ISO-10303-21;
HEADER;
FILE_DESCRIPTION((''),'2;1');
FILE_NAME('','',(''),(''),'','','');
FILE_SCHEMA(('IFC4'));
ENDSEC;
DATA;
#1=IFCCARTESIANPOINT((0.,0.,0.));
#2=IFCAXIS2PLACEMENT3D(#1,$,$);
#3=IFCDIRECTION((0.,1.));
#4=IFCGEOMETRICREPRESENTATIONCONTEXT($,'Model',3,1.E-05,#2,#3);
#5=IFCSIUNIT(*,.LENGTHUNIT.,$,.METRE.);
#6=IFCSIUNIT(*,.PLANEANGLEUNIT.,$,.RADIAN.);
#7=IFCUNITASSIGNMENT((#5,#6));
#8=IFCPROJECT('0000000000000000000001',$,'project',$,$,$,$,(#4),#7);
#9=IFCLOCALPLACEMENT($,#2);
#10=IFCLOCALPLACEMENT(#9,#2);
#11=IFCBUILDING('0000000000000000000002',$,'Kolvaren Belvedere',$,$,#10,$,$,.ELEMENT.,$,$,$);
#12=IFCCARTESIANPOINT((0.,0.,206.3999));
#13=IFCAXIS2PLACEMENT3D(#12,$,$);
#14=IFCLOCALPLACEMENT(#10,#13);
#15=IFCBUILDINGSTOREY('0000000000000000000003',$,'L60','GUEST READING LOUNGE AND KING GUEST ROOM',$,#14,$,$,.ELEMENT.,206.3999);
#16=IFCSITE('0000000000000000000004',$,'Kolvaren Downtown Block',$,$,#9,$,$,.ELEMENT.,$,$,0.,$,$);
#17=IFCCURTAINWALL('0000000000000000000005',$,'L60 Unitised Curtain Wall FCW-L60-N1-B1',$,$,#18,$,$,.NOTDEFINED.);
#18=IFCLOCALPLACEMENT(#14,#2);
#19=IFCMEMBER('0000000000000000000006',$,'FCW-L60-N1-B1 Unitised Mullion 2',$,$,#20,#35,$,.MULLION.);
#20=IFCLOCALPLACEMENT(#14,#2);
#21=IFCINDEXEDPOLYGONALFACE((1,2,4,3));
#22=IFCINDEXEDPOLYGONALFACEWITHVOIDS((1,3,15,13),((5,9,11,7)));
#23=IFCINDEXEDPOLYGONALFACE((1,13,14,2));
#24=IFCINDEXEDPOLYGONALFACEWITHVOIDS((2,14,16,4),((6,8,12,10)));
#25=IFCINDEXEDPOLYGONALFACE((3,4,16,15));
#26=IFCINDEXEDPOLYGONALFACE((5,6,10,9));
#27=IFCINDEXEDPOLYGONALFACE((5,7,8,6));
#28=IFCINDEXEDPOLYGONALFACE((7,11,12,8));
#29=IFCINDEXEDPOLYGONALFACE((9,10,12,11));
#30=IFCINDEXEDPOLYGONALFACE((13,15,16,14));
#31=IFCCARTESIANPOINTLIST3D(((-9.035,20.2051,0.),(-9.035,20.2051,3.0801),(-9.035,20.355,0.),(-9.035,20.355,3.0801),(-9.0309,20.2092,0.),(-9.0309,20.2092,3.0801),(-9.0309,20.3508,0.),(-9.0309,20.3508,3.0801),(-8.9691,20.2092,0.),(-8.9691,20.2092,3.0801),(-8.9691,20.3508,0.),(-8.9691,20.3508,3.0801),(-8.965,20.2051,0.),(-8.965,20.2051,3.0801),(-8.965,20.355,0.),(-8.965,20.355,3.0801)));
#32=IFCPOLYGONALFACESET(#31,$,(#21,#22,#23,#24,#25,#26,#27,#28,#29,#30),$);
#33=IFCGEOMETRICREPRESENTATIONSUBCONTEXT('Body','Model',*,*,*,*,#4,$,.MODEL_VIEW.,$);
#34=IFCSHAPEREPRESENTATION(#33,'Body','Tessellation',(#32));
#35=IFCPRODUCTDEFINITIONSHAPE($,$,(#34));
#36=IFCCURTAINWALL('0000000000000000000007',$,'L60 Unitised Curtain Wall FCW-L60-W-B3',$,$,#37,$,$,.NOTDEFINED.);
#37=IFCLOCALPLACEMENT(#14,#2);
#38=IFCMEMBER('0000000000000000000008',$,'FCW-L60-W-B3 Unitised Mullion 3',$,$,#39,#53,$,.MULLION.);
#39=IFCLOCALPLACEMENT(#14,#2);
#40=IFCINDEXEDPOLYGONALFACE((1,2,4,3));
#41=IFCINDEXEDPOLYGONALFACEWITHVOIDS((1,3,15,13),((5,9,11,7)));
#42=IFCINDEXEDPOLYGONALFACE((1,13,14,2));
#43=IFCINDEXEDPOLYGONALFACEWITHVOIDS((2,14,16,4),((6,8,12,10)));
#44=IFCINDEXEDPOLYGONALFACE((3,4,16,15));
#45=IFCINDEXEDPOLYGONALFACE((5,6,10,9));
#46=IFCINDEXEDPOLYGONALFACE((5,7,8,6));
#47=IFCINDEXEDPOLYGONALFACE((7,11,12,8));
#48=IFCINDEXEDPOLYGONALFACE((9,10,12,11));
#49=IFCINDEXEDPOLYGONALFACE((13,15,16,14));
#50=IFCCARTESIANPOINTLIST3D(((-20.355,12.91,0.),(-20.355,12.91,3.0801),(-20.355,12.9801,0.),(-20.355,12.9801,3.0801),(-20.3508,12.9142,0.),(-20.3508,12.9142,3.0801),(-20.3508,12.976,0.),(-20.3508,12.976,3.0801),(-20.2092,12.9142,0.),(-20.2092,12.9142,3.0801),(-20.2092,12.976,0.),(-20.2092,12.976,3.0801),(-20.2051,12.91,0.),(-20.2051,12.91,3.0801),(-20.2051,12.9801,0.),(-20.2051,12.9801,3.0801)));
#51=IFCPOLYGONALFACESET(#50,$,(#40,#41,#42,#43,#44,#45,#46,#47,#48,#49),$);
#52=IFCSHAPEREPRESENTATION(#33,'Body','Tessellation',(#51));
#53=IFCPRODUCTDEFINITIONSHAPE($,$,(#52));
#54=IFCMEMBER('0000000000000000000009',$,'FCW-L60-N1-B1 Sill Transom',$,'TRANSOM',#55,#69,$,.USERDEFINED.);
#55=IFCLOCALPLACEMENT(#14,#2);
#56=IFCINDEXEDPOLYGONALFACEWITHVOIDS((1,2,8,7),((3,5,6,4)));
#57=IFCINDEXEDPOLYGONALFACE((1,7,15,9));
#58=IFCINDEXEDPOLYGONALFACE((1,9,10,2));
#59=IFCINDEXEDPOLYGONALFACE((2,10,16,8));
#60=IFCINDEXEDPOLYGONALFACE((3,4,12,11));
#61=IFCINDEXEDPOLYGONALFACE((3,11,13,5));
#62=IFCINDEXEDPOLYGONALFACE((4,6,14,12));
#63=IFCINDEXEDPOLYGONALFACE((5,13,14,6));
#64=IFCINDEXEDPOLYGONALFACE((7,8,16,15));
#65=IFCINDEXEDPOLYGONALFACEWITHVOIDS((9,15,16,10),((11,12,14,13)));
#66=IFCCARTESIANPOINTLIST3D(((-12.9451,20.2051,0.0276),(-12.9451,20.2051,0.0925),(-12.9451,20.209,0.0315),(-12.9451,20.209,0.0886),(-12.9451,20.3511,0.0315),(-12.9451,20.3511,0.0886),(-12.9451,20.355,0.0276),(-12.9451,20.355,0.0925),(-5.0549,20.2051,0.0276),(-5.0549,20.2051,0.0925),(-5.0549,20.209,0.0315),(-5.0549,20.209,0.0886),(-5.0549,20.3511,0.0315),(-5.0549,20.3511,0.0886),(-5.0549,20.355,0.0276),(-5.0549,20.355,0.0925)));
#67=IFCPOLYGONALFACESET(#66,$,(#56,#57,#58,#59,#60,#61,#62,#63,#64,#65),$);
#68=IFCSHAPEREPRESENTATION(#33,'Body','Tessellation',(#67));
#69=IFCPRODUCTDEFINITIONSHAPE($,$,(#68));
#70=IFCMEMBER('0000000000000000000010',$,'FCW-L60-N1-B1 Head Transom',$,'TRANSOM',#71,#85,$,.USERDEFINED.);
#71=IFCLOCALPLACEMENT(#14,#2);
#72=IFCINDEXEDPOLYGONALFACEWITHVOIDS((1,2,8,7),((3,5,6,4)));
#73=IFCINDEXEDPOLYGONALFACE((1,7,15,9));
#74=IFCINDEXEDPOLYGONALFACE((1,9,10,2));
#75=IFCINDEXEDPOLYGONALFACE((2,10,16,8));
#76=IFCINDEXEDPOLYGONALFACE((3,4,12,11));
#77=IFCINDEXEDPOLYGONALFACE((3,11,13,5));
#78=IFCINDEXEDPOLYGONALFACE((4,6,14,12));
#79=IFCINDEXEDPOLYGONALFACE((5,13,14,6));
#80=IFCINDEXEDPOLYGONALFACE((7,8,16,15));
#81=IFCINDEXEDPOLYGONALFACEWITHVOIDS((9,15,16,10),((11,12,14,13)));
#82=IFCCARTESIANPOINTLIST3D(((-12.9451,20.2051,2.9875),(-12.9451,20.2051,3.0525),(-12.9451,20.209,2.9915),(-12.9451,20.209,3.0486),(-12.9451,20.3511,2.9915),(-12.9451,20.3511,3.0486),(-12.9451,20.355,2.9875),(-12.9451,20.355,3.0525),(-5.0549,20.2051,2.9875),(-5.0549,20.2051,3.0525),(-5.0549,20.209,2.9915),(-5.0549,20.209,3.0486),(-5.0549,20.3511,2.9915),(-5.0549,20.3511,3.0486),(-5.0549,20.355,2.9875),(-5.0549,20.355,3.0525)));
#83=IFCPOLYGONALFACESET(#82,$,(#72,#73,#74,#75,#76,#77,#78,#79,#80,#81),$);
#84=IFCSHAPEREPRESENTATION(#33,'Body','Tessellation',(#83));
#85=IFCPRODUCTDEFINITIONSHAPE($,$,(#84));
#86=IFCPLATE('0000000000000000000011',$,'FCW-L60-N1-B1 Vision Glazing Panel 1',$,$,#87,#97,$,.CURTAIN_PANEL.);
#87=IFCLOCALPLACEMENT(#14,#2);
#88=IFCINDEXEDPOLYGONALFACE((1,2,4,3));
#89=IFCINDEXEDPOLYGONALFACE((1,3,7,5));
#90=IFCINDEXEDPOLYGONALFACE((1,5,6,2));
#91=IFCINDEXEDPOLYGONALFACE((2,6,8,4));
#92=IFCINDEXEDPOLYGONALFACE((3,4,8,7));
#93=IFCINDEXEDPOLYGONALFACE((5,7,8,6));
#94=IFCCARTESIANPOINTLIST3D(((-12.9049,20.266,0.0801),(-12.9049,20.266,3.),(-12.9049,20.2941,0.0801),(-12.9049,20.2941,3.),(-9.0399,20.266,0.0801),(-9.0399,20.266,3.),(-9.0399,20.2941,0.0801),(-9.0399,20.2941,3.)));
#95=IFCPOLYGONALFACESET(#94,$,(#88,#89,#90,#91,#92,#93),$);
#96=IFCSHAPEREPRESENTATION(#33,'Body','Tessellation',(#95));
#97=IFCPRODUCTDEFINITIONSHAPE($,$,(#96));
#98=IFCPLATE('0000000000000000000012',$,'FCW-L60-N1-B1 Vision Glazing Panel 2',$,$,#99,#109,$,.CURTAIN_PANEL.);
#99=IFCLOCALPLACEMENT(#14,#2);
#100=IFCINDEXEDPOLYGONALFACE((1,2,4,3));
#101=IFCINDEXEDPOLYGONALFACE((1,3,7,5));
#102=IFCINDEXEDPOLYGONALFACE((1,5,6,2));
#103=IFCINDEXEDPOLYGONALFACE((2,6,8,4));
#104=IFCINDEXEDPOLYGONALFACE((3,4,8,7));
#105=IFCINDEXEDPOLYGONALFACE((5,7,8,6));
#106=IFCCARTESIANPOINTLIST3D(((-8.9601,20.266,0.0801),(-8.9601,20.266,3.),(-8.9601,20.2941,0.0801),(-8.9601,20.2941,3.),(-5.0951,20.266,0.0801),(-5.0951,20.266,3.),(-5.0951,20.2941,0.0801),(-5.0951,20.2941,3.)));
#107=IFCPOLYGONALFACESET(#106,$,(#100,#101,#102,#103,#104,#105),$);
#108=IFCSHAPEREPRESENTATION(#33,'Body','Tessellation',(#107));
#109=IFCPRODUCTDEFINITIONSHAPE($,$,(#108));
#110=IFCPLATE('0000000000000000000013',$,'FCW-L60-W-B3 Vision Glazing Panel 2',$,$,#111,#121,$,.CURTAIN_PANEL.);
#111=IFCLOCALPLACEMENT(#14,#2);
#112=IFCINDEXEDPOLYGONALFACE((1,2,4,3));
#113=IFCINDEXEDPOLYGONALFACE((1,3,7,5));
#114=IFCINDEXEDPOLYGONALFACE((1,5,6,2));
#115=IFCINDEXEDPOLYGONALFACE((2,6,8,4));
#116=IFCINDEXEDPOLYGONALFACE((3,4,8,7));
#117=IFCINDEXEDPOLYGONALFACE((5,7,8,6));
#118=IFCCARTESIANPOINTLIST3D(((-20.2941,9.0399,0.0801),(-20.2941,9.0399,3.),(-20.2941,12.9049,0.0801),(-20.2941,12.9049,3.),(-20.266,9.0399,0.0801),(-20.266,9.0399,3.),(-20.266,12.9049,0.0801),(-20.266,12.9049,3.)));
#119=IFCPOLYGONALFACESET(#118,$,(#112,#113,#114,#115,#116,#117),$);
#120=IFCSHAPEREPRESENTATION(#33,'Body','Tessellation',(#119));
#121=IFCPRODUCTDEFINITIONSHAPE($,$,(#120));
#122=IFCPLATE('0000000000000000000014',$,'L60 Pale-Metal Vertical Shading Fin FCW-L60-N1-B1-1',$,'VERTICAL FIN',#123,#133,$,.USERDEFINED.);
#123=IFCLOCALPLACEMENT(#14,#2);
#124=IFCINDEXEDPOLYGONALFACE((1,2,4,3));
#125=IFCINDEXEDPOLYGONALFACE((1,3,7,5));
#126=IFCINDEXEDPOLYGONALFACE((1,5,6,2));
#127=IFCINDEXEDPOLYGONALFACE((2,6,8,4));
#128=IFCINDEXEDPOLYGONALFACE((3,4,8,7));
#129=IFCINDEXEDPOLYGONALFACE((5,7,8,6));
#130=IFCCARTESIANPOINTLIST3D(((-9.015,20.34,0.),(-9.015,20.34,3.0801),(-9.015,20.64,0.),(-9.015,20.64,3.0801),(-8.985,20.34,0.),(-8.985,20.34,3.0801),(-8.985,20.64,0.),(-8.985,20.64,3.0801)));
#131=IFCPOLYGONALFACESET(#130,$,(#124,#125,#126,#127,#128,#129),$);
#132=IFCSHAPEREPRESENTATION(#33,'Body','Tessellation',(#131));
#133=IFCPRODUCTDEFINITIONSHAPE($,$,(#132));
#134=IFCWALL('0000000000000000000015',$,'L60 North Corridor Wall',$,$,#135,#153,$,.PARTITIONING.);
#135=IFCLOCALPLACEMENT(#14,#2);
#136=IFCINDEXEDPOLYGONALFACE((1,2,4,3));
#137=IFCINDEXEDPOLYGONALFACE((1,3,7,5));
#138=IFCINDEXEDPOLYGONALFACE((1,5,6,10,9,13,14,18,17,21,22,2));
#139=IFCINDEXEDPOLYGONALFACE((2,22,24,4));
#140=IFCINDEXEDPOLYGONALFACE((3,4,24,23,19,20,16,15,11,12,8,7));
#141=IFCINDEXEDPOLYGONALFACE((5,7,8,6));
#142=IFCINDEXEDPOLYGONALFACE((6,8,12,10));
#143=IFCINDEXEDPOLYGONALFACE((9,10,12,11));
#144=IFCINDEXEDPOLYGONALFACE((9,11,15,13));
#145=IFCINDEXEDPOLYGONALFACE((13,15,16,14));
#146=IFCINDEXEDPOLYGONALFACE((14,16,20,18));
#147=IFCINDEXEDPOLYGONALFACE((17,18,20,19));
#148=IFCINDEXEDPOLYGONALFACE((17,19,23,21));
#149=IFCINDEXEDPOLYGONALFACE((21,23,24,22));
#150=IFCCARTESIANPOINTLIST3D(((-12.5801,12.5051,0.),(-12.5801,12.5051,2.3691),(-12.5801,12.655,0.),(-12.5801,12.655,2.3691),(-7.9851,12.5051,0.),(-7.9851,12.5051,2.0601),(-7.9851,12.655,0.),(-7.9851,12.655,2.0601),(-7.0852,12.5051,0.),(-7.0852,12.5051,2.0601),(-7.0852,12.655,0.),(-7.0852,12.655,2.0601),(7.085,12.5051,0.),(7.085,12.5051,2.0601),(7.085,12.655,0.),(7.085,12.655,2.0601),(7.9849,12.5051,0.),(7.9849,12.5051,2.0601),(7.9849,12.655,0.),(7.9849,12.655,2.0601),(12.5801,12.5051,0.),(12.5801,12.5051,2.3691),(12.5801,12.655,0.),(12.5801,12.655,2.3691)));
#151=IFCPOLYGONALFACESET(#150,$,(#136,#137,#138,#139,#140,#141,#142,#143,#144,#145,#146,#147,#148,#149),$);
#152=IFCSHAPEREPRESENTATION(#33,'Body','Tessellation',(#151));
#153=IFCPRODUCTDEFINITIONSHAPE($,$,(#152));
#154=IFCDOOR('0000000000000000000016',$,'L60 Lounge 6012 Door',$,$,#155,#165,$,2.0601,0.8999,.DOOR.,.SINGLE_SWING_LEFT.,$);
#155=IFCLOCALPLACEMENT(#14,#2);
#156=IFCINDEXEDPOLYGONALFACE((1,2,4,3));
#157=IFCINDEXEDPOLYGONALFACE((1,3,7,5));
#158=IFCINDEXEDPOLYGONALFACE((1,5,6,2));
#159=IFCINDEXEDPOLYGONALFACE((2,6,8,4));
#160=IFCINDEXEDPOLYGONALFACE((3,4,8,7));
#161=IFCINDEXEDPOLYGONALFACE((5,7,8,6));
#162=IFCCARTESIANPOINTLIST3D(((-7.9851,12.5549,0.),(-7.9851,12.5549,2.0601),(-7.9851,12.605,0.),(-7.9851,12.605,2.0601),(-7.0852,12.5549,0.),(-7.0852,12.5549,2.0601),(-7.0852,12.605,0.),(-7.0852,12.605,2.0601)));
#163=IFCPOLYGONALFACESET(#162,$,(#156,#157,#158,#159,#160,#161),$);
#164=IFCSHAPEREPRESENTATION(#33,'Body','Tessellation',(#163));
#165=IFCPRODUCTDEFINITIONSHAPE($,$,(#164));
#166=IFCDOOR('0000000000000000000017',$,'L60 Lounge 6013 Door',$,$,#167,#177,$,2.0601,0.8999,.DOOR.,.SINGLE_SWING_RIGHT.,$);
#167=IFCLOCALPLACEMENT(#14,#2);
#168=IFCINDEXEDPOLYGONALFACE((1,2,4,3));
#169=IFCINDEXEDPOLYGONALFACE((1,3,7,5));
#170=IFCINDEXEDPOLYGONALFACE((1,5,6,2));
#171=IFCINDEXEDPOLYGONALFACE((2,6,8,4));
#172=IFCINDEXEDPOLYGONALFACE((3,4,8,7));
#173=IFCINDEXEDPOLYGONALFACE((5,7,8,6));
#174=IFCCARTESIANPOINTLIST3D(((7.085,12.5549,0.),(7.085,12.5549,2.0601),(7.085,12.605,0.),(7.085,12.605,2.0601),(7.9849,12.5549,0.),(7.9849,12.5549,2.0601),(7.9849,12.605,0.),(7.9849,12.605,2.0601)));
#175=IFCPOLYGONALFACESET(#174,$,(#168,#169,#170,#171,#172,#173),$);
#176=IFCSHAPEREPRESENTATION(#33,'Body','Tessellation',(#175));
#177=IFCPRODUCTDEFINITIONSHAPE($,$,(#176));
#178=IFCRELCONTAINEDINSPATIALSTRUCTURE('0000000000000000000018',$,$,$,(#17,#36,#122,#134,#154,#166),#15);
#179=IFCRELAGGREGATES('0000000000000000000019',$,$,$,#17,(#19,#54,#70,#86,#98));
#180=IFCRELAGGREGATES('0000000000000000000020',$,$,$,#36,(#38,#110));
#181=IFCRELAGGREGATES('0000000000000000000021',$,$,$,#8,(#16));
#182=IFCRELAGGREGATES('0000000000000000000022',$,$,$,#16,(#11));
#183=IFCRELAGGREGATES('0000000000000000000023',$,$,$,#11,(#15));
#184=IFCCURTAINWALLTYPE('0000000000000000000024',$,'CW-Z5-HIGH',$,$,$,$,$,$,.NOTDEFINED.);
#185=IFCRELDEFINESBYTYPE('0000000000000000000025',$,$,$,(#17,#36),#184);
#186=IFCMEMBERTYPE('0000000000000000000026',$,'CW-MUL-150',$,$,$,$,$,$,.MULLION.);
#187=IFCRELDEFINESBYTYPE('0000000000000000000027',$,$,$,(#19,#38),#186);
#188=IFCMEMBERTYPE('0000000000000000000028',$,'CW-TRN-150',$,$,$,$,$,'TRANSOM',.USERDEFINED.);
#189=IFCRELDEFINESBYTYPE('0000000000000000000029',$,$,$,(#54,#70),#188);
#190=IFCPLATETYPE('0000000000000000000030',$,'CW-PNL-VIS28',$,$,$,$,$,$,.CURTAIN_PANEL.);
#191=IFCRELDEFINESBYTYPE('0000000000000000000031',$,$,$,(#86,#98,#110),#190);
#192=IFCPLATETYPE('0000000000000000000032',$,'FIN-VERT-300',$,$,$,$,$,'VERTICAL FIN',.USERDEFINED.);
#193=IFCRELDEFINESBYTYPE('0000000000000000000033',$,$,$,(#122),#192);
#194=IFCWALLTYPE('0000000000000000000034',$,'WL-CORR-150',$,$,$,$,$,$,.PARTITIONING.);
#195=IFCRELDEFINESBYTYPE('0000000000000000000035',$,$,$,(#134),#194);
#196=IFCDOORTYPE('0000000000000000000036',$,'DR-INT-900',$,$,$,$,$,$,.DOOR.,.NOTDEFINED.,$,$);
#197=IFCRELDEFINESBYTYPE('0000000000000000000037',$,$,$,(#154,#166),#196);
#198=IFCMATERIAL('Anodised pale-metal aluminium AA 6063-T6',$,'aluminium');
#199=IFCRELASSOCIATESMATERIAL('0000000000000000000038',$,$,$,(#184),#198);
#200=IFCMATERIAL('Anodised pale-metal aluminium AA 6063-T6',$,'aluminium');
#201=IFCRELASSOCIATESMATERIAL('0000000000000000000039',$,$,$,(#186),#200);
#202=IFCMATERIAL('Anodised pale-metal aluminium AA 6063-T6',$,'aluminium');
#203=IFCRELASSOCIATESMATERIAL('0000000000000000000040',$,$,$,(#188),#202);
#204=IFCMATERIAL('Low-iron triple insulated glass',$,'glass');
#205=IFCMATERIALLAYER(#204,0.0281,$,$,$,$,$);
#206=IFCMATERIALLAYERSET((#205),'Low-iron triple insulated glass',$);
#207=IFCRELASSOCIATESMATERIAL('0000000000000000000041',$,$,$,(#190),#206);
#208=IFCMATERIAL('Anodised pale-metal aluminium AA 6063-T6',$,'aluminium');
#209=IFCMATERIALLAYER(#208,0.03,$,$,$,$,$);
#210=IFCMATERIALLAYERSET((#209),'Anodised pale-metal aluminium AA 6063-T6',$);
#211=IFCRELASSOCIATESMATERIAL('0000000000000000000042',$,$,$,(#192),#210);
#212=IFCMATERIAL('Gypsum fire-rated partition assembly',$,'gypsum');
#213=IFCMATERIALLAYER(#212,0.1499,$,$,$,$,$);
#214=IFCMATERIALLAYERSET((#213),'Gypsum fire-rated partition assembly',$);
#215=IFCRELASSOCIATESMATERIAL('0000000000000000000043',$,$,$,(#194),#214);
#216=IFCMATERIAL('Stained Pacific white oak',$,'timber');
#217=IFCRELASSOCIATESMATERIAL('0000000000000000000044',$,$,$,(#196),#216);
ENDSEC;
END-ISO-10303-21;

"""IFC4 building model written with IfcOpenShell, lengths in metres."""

from ifc_helpers import new_model, si_unit, direction, frame, frame_2d, origin, origin_2d, place, context, subcontext, project, spatial, rectangle, hollow_rectangle, extrude, material, layer, layer_set, material_profile, profile_set, type_object, element, fill, aggregate, save


model = new_model("IFC4")

# Units and contexts
model_context = context("Model", 3, precision=1e-05, world=origin(), true_north=direction((0.0, 1.0)))
body_context = subcontext(model_context, "Body", "Model", "MODEL_VIEW")
ifc_project = project(units=[si_unit("LENGTHUNIT", "METRE"), si_unit("PLANEANGLEUNIT", "RADIAN")], contexts=[model_context])

# Site, building, storey
site_placement = place(None, origin())
site = spatial("IfcSite", under=ifc_project, at=site_placement, Name="Kolvaren Downtown Block", CompositionType="ELEMENT", RefElevation=0.0)
building_placement = place(site_placement, origin())
building = spatial("IfcBuilding", under=site, at=building_placement, Name="Kolvaren Belvedere", CompositionType="ELEMENT")
storey_placement = place(building_placement, frame((0.0, 0.0, 206.3999)))
storey = spatial("IfcBuildingStorey", under=building, at=storey_placement, Name="L60", Description="GUEST READING LOUNGE AND KING GUEST ROOM", CompositionType="ELEMENT", Elevation=206.3999)

# Curtain wall, member
ifc_material_1 = material(Name="Anodised pale-metal aluminium AA 6063-T6", Category="aluminium")
curtain_wall_type = type_object("IfcCurtainWallType", Name="CW-Z5-HIGH", PredefinedType="NOTDEFINED", material=ifc_material_1)
curtain_wall_1_placement = place(storey_placement, origin())
curtain_wall_1 = element("IfcCurtainWall", 1, at=curtain_wall_1_placement, inside=storey, type_object=curtain_wall_type, Name="L60 Unitised Curtain Wall FCW-L60-N1-B1", PredefinedType="NOTDEFINED")
ifc_material_2 = material(Name="Anodised pale-metal aluminium AA 6063-T6", Category="aluminium")
ifc_material_profile_1 = material_profile(ifc_material_2, hollow_rectangle(XDim=0.0701, YDim=0.1499, WallThickness=0.0042, at=origin_2d()), Name="ALU-MUL-150X70")
ifc_profile_set_1 = profile_set([ifc_material_profile_1], Name="Anodised pale-metal aluminium AA 6063-T6")
member_type_1 = type_object("IfcMemberType", Name="CW-MUL-150", PredefinedType="MULLION", material=ifc_profile_set_1)
member_1_placement = place(storey_placement, frame((-9.0, 20.28, 0.0), z_axis=(0.0, 0.0, 1.0), x_axis=(1.0, 0.0, 0.0)))
member_1 = element("IfcMember", 2, at=member_1_placement, type_object=member_type_1, Name="FCW-L60-N1-B1 Unitised Mullion 2", PredefinedType="MULLION", context=body_context, shape_type="SweptSolid", body=[
    extrude(hollow_rectangle(XDim=0.0701, YDim=0.1499, WallThickness=0.0042, at=origin_2d()), origin(), (0.0, 0.0, 1.0), 3.0801),
])

# Curtain wall, member
curtain_wall_2_placement = place(storey_placement, origin())
curtain_wall_2 = element("IfcCurtainWall", 3, at=curtain_wall_2_placement, inside=storey, type_object=curtain_wall_type, Name="L60 Unitised Curtain Wall FCW-L60-W-B3", PredefinedType="NOTDEFINED")
member_2_placement = place(storey_placement, frame((-20.28, 12.9451, 0.0), z_axis=(0.0, 0.0, 1.0), x_axis=(0.0, 1.0, 0.0)))
member_2 = element("IfcMember", 4, at=member_2_placement, type_object=member_type_1, Name="FCW-L60-W-B3 Unitised Mullion 3", PredefinedType="MULLION", context=body_context, shape_type="SweptSolid", body=[
    extrude(hollow_rectangle(XDim=0.0701, YDim=0.1499, WallThickness=0.0042, at=origin_2d()), origin(), (0.0, 0.0, 1.0), 3.0801),
])

# Members
ifc_material_3 = material(Name="Anodised pale-metal aluminium AA 6063-T6", Category="aluminium")
ifc_material_profile_2 = material_profile(ifc_material_3, hollow_rectangle(XDim=0.0649, YDim=0.1499, WallThickness=0.0039, at=origin_2d()), Name="ALU-TRN-150X65")
ifc_profile_set_2 = profile_set([ifc_material_profile_2], Name="Anodised pale-metal aluminium AA 6063-T6")
member_type_2 = type_object("IfcMemberType", Name="CW-TRN-150", ElementType="TRANSOM", PredefinedType="USERDEFINED", material=ifc_profile_set_2)
member_3_placement = place(storey_placement, frame((-12.9451, 20.28, 0.0601), z_axis=(1.0, 0.0, 0.0), x_axis=(0.0, 0.0, 1.0)))
member_3 = element("IfcMember", 5, at=member_3_placement, type_object=member_type_2, Name="FCW-L60-N1-B1 Sill Transom", ObjectType="TRANSOM", PredefinedType="USERDEFINED", context=body_context, shape_type="SweptSolid", body=[
    extrude(hollow_rectangle(XDim=0.0649, YDim=0.1499, WallThickness=0.0039, at=origin_2d()), origin(), (0.0, 0.0, 1.0), 7.8901),
])
member_4_placement = place(storey_placement, frame((-12.9451, 20.28, 3.02), z_axis=(1.0, 0.0, 0.0), x_axis=(0.0, 0.0, 1.0)))
member_4 = element("IfcMember", 6, at=member_4_placement, type_object=member_type_2, Name="FCW-L60-N1-B1 Head Transom", ObjectType="TRANSOM", PredefinedType="USERDEFINED", context=body_context, shape_type="SweptSolid", body=[
    extrude(hollow_rectangle(XDim=0.0649, YDim=0.1499, WallThickness=0.0039, at=origin_2d()), origin(), (0.0, 0.0, 1.0), 7.8901),
])

# Plates
ifc_material_4 = material(Name="Low-iron triple insulated glass", Category="glass")
ifc_layer_1 = layer(ifc_material_4, 0.0281)
ifc_layer_set_1 = layer_set([ifc_layer_1], Name="Low-iron triple insulated glass")
plate_type_1 = type_object("IfcPlateType", Name="CW-PNL-VIS28", PredefinedType="CURTAIN_PANEL", material=ifc_layer_set_1)
plate_1_placement = place(storey_placement, frame((-10.9724, 20.28, 0.0801), z_axis=(0.0, 0.0, 1.0), x_axis=(1.0, 0.0, 0.0)))
plate_1 = element("IfcPlate", 7, at=plate_1_placement, type_object=plate_type_1, Name="FCW-L60-N1-B1 Vision Glazing Panel 1", PredefinedType="CURTAIN_PANEL", context=body_context, shape_type="SweptSolid", body=[
    extrude(rectangle(XDim=3.865, YDim=0.0281, at=origin_2d()), origin(), (0.0, 0.0, 1.0), 2.9199),
])
plate_2_placement = place(storey_placement, frame((-7.0276, 20.28, 0.0801), z_axis=(0.0, 0.0, 1.0), x_axis=(1.0, 0.0, 0.0)))
plate_2 = element("IfcPlate", 8, at=plate_2_placement, type_object=plate_type_1, Name="FCW-L60-N1-B1 Vision Glazing Panel 2", PredefinedType="CURTAIN_PANEL", context=body_context, shape_type="SweptSolid", body=[
    extrude(rectangle(XDim=3.865, YDim=0.0281, at=origin_2d()), origin(), (0.0, 0.0, 1.0), 2.9199),
])
aggregate(curtain_wall_1, [member_1, member_3, member_4, plate_1, plate_2])
plate_3_placement = place(storey_placement, frame((-20.28, 10.9724, 0.0801), z_axis=(0.0, 0.0, 1.0), x_axis=(0.0, 1.0, 0.0)))
plate_3 = element("IfcPlate", 9, at=plate_3_placement, type_object=plate_type_1, Name="FCW-L60-W-B3 Vision Glazing Panel 2", PredefinedType="CURTAIN_PANEL", context=body_context, shape_type="SweptSolid", body=[
    extrude(rectangle(XDim=3.865, YDim=0.0281, at=origin_2d()), origin(), (0.0, 0.0, 1.0), 2.9199),
])
aggregate(curtain_wall_2, [member_2, plate_3])
ifc_material_5 = material(Name="Anodised pale-metal aluminium AA 6063-T6", Category="aluminium")
ifc_layer_2 = layer(ifc_material_5, 0.03)
ifc_layer_set_2 = layer_set([ifc_layer_2], Name="Anodised pale-metal aluminium AA 6063-T6")
plate_type_2 = type_object("IfcPlateType", Name="FIN-VERT-300", ElementType="VERTICAL FIN", PredefinedType="USERDEFINED", material=ifc_layer_set_2)
plate_4_placement = place(storey_placement, frame((-9.0, 20.49, 0.0), z_axis=(0.0, 0.0, 1.0), x_axis=(0.0, 1.0, 0.0)))
element("IfcPlate", 10, at=plate_4_placement, inside=storey, type_object=plate_type_2, Name="L60 Pale-Metal Vertical Shading Fin FCW-L60-N1-B1-1", ObjectType="VERTICAL FIN", PredefinedType="USERDEFINED", context=body_context, shape_type="SweptSolid", body=[
    extrude(rectangle(XDim=0.3, YDim=0.03, at=origin_2d()), origin(), (0.0, 0.0, 1.0), 3.0801),
])

# Wall, openings, doors
ifc_material_6 = material(Name="Gypsum fire-rated partition assembly", Category="gypsum")
ifc_layer_3 = layer(ifc_material_6, 0.1499)
ifc_layer_set_3 = layer_set([ifc_layer_3], Name="Gypsum fire-rated partition assembly")
wall_type_1 = type_object("IfcWallType", Name="WL-CORR-150", PredefinedType="PARTITIONING", material=ifc_layer_set_3)
wall_1_placement = place(storey_placement, frame((-12.5801, 12.5801, 0.0), z_axis=(0.0, 0.0, 1.0), x_axis=(1.0, 0.0, 0.0)))
wall_1 = element("IfcWall", 11, at=wall_1_placement, inside=storey, type_object=wall_type_1, Name="L60 North Corridor Wall", PredefinedType="PARTITIONING", context=body_context, shape_type="SweptSolid", body=[
    extrude(rectangle(XDim=25.1602, YDim=0.1499, at=frame_2d((12.5801, 0.0))), origin(), (0.0, 0.0, 1.0), 2.3691),
])
opening_1_placement = place(wall_1_placement, frame((4.595, 0.0, 0.0)))
opening_1 = element("IfcOpeningElement", 12, at=opening_1_placement, cuts=wall_1, PredefinedType="OPENING", context=body_context, shape_type="SweptSolid", body=[
    extrude(rectangle(XDim=0.8999, YDim=2.0601, at=frame_2d((0.45, 1.03))), frame((0.0, 0.085, 0.0), z_axis=(0.0, -1.0, 0.0), x_axis=(1.0, 0.0, 0.0)), (0.0, 0.0, 1.0), 0.1699),
])
opening_2_placement = place(wall_1_placement, frame((19.665, 0.0, 0.0)))
opening_2 = element("IfcOpeningElement", 13, at=opening_2_placement, cuts=wall_1, PredefinedType="OPENING", context=body_context, shape_type="SweptSolid", body=[
    extrude(rectangle(XDim=0.8999, YDim=2.0601, at=frame_2d((0.45, 1.03))), frame((0.0, 0.085, 0.0), z_axis=(0.0, -1.0, 0.0), x_axis=(1.0, 0.0, 0.0)), (0.0, 0.0, 1.0), 0.1699),
])
ifc_material_7 = material(Name="Stained Pacific white oak", Category="timber")
door_type = type_object("IfcDoorType", Name="DR-INT-900", OperationType="NOTDEFINED", PredefinedType="DOOR", material=ifc_material_7)
door_1_placement = place(opening_1_placement, origin())
door_1 = element("IfcDoor", 14, at=door_1_placement, inside=storey, type_object=door_type, Name="L60 Lounge 6012 Door", OperationType="SINGLE_SWING_LEFT", OverallHeight=2.0601, OverallWidth=0.8999, PredefinedType="DOOR", context=body_context, shape_type="SweptSolid", body=[
    extrude(rectangle(XDim=0.8999, YDim=2.0601, at=frame_2d((0.45, 1.03))), frame((0.0, 0.0249, 0.0), z_axis=(0.0, -1.0, 0.0), x_axis=(1.0, 0.0, 0.0)), (0.0, 0.0, 1.0), 0.05),
])
fill(opening_1, door_1)
door_2_placement = place(opening_2_placement, origin())
door_2 = element("IfcDoor", 15, at=door_2_placement, inside=storey, type_object=door_type, Name="L60 Lounge 6013 Door", OperationType="SINGLE_SWING_RIGHT", OverallHeight=2.0601, OverallWidth=0.8999, PredefinedType="DOOR", context=body_context, shape_type="SweptSolid", body=[
    extrude(rectangle(XDim=0.8999, YDim=2.0601, at=frame_2d((0.45, 1.03))), frame((0.0, 0.0249, 0.0), z_axis=(0.0, -1.0, 0.0), x_axis=(1.0, 0.0, 0.0)), (0.0, 0.0, 1.0), 0.05),
])
fill(opening_2, door_2)

save(model, "model.ifc")
